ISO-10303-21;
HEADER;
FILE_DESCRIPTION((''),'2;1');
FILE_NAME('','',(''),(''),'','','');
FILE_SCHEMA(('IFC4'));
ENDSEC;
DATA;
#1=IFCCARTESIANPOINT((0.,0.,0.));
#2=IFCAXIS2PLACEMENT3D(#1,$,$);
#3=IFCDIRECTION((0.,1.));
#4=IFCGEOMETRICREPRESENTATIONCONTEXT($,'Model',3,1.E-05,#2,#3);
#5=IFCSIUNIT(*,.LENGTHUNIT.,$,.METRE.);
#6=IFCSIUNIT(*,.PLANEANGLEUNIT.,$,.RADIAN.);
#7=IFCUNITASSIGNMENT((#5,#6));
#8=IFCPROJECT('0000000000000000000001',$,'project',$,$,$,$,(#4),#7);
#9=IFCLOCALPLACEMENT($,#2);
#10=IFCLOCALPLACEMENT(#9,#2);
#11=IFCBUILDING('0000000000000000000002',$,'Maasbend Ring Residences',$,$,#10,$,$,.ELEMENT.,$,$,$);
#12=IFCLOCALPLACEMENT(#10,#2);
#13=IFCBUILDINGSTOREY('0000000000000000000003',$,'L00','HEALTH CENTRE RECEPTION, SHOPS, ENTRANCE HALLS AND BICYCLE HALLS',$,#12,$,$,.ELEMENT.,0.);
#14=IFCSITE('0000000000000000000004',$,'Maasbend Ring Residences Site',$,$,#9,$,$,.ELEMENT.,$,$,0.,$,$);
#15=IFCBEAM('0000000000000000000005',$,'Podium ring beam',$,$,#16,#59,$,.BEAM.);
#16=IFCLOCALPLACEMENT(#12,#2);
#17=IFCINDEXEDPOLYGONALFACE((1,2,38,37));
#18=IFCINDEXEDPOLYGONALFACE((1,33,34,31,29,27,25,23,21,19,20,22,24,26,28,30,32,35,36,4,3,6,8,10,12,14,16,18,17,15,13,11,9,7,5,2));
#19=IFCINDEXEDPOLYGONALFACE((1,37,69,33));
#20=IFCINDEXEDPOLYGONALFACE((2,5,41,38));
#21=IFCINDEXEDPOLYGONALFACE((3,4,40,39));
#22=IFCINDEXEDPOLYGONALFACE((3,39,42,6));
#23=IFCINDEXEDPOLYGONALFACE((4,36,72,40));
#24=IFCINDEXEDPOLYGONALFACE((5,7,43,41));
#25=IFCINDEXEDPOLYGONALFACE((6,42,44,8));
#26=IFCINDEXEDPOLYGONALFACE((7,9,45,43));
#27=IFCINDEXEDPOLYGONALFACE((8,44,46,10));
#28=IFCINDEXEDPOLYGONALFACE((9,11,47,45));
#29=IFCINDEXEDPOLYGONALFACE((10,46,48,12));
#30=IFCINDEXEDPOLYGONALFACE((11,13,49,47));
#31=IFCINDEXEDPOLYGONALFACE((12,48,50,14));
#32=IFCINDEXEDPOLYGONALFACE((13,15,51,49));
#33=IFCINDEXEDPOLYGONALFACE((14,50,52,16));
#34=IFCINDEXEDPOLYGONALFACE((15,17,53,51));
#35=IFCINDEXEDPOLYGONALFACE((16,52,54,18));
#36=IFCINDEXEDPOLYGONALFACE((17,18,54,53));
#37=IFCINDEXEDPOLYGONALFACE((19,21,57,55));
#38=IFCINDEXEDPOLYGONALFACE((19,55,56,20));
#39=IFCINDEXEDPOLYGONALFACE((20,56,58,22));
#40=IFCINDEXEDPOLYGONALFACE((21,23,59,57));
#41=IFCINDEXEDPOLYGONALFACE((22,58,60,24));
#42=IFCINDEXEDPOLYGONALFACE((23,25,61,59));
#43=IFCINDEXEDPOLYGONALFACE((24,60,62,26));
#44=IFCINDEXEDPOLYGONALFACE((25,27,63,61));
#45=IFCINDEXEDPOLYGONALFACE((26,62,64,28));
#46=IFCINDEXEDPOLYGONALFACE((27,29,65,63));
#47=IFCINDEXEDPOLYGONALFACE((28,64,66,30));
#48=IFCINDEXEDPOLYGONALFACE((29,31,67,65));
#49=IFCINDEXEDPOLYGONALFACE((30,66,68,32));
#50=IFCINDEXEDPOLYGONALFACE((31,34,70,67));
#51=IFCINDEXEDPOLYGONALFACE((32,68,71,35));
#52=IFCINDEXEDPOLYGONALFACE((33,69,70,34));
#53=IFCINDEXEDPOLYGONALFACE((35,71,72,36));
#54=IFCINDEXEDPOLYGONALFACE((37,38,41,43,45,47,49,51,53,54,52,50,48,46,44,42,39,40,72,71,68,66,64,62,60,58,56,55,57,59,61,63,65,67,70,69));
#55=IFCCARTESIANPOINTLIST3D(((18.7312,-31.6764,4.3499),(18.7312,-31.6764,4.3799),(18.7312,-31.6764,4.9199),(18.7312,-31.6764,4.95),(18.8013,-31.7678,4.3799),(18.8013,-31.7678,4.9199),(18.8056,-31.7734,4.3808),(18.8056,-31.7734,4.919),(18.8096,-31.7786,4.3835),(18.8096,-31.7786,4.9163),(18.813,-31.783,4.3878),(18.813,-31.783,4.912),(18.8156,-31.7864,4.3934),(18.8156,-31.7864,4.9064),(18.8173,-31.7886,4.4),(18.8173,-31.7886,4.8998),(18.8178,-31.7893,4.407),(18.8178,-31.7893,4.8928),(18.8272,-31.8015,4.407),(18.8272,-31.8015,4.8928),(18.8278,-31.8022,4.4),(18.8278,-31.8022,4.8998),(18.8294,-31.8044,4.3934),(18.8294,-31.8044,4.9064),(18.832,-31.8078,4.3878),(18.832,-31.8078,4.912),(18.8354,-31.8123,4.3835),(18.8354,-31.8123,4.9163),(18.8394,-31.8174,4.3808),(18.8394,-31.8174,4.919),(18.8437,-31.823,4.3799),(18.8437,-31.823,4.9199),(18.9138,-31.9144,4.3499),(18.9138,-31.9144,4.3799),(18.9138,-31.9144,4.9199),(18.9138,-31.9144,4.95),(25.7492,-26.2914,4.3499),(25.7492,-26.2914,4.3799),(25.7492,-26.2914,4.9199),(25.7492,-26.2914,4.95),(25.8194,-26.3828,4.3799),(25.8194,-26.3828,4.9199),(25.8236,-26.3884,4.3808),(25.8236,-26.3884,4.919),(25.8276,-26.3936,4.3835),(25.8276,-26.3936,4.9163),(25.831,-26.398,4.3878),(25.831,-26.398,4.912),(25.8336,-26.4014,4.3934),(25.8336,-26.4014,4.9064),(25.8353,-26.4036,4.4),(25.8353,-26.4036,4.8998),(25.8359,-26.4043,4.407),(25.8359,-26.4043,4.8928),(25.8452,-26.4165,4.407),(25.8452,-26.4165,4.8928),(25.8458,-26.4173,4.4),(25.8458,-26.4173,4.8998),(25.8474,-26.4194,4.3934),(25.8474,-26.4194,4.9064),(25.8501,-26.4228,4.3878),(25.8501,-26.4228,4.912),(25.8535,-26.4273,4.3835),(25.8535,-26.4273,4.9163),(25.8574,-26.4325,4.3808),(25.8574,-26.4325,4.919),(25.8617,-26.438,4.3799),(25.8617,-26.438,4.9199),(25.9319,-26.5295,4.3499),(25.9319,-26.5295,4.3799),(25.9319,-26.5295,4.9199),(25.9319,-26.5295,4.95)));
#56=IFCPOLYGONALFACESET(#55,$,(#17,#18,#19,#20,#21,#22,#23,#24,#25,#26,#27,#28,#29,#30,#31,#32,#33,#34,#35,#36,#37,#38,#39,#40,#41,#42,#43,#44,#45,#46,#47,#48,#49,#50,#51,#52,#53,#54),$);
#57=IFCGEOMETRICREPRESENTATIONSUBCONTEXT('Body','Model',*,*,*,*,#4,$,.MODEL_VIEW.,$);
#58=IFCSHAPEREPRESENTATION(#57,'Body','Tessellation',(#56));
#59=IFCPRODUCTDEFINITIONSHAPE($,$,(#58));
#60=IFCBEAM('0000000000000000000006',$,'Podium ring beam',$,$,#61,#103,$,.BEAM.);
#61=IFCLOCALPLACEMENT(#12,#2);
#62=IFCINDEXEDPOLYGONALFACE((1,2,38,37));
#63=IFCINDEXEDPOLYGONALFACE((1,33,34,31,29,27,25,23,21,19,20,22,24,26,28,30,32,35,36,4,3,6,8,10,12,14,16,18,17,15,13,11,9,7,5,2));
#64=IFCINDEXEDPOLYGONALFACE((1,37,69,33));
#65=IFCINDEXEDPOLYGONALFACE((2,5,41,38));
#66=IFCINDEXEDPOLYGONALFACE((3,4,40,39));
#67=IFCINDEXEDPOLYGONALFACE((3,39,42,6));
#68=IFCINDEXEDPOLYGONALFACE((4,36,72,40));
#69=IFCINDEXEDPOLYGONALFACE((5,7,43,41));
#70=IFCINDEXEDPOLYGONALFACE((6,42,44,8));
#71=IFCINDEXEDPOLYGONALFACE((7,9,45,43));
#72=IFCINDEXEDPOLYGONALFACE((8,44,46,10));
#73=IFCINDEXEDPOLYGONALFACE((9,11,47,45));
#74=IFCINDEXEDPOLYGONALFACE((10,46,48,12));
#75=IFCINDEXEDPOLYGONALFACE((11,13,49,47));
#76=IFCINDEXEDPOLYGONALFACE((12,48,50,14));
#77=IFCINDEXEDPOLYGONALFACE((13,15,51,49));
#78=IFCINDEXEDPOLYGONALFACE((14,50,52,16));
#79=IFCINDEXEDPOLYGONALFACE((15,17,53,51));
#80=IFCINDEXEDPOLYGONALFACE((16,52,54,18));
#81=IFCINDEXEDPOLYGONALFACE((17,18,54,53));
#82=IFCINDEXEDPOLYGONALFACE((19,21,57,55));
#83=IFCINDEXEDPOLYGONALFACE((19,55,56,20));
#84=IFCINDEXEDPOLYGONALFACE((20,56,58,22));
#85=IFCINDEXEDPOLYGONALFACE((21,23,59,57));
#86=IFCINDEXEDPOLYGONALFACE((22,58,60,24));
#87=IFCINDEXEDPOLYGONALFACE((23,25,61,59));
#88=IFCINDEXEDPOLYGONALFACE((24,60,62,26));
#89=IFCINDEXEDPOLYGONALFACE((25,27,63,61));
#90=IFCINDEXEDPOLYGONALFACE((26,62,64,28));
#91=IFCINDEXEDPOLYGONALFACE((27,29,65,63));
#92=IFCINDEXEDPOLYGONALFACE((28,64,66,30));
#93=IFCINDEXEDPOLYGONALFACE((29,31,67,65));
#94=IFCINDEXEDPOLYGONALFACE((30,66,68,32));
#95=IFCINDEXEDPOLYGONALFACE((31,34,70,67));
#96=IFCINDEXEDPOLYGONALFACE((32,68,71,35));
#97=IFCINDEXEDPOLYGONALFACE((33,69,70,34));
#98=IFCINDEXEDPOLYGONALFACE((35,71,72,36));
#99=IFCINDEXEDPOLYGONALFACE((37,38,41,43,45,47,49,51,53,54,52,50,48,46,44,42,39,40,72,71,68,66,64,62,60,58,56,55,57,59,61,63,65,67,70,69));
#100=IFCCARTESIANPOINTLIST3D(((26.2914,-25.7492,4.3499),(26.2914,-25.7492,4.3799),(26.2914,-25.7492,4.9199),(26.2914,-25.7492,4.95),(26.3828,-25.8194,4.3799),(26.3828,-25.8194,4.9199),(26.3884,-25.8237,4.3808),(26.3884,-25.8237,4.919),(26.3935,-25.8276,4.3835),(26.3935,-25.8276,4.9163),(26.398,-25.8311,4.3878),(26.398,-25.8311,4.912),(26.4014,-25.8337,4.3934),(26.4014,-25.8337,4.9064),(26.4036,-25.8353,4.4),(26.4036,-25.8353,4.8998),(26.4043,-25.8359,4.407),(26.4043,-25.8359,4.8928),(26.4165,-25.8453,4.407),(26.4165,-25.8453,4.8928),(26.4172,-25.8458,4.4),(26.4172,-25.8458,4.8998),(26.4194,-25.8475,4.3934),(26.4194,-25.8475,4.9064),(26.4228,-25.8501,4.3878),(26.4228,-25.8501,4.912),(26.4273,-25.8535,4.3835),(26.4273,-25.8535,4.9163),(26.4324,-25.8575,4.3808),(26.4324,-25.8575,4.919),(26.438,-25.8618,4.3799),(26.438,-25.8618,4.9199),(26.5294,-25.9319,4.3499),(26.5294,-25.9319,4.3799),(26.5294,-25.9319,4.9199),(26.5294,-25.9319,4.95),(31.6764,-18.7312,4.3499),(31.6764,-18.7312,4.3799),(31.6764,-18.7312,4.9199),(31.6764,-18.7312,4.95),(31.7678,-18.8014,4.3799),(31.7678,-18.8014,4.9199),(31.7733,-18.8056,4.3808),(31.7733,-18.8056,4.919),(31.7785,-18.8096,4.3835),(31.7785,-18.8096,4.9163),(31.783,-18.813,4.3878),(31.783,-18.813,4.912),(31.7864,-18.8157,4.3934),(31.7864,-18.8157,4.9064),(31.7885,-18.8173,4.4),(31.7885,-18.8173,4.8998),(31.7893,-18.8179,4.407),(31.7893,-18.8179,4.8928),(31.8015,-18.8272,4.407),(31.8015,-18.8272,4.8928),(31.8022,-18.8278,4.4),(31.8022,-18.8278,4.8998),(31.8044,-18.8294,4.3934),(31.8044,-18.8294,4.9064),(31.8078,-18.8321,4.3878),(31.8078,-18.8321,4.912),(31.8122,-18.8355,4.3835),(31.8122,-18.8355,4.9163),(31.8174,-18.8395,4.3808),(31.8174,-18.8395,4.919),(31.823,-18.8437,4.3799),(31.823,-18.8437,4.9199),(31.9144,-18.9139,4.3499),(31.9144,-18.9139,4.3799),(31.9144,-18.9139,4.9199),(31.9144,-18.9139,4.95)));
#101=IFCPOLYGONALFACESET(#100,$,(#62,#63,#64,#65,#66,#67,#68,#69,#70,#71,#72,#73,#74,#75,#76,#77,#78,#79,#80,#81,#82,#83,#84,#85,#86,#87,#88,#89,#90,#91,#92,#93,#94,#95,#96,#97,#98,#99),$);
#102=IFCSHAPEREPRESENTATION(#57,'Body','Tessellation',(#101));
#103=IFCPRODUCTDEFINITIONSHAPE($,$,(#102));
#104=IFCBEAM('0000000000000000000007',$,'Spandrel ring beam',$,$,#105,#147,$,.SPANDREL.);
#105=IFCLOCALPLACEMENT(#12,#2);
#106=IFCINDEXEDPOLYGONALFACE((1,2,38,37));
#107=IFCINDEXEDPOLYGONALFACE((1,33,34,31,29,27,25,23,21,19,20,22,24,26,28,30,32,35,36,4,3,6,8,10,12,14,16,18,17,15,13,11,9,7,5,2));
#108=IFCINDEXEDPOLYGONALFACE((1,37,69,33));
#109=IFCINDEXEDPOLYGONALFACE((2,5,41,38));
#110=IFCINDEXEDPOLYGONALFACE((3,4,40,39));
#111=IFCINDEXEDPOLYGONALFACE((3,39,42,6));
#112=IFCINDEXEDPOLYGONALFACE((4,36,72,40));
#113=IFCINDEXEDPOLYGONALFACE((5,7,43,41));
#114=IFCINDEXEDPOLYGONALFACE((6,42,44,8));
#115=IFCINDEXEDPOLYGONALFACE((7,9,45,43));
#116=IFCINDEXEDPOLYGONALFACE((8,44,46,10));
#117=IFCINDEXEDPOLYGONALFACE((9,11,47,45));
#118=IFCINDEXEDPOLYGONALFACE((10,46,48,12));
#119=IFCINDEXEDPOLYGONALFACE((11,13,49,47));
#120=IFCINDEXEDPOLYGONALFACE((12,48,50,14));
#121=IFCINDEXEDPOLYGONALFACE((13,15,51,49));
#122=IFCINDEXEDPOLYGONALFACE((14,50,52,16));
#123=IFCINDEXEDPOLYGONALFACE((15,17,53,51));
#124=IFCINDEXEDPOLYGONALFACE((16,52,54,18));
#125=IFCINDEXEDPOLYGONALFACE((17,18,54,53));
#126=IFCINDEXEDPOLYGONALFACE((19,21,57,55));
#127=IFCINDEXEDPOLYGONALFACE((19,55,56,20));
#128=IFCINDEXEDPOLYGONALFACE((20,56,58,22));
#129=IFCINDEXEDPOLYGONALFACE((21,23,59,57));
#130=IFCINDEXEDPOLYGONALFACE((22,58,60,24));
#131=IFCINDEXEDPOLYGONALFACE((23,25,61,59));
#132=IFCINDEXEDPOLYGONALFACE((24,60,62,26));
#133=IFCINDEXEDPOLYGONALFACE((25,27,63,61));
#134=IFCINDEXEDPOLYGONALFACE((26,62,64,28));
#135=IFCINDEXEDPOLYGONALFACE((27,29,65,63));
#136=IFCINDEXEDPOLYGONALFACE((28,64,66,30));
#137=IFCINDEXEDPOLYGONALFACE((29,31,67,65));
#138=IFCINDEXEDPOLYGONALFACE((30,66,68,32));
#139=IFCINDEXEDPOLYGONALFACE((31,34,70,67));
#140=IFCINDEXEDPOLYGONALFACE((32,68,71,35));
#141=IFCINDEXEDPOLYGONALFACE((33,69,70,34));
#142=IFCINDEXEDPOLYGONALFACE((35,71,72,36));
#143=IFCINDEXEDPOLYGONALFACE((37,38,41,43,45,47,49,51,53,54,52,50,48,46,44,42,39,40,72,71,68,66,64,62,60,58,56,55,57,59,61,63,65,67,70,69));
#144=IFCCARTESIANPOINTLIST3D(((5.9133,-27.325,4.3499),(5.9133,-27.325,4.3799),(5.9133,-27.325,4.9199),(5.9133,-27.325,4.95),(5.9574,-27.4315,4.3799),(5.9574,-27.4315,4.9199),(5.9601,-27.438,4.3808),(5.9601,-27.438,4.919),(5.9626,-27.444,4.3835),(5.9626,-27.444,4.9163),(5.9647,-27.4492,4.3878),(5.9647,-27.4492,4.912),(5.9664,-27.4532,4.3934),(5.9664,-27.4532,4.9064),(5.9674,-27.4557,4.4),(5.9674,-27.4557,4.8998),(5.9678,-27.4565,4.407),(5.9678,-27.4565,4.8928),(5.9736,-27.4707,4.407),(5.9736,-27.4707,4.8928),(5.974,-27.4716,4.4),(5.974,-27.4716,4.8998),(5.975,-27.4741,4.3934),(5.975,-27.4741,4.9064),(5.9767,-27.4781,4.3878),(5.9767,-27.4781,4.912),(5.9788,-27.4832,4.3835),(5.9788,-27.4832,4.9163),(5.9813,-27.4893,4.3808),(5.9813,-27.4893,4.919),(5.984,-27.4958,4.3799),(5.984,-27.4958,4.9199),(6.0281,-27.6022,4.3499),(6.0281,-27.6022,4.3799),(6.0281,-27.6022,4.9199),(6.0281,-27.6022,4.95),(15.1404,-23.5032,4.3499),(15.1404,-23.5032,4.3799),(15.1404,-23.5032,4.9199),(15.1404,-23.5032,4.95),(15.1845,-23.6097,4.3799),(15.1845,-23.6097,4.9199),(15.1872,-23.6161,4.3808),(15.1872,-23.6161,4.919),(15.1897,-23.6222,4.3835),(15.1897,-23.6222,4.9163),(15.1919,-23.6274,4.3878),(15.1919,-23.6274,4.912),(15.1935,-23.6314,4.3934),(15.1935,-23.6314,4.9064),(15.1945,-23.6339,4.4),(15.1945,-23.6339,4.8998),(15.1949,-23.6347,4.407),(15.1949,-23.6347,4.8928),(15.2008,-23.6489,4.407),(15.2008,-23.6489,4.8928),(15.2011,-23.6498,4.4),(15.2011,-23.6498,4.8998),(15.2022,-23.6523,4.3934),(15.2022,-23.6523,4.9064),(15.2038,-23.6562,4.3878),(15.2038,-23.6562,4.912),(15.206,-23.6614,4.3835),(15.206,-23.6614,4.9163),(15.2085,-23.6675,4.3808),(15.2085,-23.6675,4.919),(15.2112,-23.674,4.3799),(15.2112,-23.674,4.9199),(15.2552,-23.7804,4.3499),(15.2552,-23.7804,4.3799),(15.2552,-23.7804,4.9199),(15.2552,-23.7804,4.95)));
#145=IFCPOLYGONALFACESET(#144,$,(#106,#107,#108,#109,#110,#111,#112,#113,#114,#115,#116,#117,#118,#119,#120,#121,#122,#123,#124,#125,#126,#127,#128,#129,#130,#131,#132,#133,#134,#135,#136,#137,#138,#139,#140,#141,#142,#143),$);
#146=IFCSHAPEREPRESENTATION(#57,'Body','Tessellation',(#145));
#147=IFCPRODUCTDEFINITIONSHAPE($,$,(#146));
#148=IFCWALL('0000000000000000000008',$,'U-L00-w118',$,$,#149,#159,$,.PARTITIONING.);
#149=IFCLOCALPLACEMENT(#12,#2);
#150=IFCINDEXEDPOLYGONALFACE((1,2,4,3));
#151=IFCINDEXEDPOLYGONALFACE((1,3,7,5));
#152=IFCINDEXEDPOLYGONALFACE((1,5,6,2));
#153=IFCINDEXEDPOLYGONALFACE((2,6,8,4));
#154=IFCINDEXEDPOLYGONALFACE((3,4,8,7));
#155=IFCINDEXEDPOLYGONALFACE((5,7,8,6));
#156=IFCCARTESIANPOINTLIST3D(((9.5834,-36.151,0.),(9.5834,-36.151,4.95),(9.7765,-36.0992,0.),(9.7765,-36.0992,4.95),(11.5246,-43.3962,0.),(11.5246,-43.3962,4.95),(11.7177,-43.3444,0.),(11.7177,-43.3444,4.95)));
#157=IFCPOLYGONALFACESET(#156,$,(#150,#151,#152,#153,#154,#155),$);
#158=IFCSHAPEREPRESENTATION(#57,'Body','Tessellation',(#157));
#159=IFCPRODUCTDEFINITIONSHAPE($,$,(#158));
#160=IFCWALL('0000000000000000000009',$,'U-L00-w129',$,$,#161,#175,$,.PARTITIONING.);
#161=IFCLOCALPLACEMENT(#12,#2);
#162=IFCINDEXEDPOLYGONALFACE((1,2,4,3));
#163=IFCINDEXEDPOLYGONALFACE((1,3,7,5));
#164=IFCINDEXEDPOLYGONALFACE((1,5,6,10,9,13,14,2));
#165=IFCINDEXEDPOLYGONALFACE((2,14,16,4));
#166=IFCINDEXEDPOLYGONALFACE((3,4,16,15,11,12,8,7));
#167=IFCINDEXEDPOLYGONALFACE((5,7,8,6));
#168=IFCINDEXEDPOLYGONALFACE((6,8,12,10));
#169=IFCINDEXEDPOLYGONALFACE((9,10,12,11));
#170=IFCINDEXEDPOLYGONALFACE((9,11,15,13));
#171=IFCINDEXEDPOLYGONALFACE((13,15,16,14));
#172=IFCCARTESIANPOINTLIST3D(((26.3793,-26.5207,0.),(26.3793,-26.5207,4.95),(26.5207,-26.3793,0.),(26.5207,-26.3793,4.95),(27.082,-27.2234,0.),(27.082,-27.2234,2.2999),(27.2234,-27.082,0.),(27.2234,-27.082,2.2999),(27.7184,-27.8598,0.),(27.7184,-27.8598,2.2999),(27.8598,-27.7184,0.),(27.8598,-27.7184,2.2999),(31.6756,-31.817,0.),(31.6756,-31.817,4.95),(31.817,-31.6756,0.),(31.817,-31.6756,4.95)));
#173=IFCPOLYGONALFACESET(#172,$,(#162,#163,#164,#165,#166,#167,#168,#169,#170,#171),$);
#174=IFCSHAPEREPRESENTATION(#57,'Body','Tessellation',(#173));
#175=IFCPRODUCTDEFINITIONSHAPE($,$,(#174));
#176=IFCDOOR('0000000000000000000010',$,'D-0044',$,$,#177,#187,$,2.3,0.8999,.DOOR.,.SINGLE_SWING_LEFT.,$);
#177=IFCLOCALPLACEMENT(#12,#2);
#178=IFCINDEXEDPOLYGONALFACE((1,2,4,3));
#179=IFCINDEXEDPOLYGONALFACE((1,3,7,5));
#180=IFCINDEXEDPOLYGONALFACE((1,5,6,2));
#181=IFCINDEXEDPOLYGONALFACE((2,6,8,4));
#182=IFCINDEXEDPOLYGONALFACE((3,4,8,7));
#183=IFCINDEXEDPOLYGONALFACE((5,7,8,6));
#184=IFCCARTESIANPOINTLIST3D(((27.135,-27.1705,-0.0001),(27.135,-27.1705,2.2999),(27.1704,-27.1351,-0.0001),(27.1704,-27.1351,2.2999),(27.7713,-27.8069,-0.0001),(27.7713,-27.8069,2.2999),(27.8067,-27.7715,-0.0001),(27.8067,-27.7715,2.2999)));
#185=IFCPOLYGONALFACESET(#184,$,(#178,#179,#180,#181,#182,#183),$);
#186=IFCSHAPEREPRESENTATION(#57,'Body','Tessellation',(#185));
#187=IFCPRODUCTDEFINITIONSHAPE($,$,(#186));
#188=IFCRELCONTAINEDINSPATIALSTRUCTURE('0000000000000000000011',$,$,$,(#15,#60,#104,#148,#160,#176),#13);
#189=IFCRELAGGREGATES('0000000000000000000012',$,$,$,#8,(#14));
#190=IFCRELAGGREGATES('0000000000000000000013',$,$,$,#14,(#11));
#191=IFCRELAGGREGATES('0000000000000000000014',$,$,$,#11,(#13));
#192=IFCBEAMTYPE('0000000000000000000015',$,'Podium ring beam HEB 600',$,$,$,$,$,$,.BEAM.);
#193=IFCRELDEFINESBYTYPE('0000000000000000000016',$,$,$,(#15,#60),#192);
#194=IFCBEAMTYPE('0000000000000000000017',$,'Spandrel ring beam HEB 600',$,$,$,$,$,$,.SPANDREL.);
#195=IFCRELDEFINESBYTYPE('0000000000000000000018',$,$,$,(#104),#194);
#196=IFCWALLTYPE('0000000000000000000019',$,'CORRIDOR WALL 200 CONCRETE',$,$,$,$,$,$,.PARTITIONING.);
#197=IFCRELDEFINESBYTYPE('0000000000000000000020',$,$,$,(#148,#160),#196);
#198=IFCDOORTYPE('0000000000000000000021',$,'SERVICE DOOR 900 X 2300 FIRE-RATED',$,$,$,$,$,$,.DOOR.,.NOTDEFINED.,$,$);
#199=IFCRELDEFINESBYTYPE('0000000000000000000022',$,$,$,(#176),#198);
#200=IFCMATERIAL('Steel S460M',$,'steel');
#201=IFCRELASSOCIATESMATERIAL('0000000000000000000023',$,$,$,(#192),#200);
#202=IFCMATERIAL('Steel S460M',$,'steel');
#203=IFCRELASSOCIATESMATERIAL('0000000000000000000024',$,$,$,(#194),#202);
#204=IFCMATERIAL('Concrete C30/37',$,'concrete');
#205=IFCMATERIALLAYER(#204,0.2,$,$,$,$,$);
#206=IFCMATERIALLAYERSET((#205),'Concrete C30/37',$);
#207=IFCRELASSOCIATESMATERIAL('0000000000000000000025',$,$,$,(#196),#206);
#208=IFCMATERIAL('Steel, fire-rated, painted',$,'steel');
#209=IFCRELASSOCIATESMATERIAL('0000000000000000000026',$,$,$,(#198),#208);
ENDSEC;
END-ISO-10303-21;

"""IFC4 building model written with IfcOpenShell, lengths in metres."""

from ifc_helpers import new_model, si_unit, direction, frame, frame_2d, origin, origin_2d, place, context, subcontext, project, spatial, rectangle, i_section, extrude, material, layer, layer_set, material_profile, profile_set, type_object, element, fill, save


model = new_model("IFC4")

# Units and contexts
model_context = context("Model", 3, precision=1e-05, world=origin(), true_north=direction((0.0, 1.0)))
body_context = subcontext(model_context, "Body", "Model", "MODEL_VIEW")
ifc_project = project(units=[si_unit("LENGTHUNIT", "METRE"), si_unit("PLANEANGLEUNIT", "RADIAN")], contexts=[model_context])

# Site, building, storey
site_placement = place(None, origin())
site = spatial("IfcSite", under=ifc_project, at=site_placement, Name="Maasbend Ring Residences Site", CompositionType="ELEMENT", RefElevation=0.0)
building_placement = place(site_placement, origin())
building = spatial("IfcBuilding", under=site, at=building_placement, Name="Maasbend Ring Residences", CompositionType="ELEMENT")
storey_placement = place(building_placement, origin())
storey = spatial("IfcBuildingStorey", under=building, at=storey_placement, Name="L00", Description="HEALTH CENTRE RECEPTION, SHOPS, ENTRANCE HALLS AND BICYCLE HALLS", CompositionType="ELEMENT", Elevation=0.0)

# Beams
ifc_material_1 = material(Name="Steel S460M", Category="steel")
ifc_material_profile_1 = material_profile(ifc_material_1, i_section(OverallWidth=0.3, OverallDepth=0.6001, WebThickness=0.0154, FlangeThickness=0.03, FilletRadius=0.0271, at=origin_2d()), Name="HEB 600")
ifc_profile_set_1 = profile_set([ifc_material_profile_1], Name="Steel S460M")
beam_type_1 = type_object("IfcBeamType", Name="Podium ring beam HEB 600", PredefinedType="BEAM", material=ifc_profile_set_1)
for number, where, z_axis, x_axis, name in (
    (1, (18.8225, -31.7954, 4.6499), (0.793361, 0.608751, 0.0), (-0.608751, 0.793361, 0.0), "Podium ring beam"),
    (2, (26.4104, -25.8406, 4.6499), (0.608751, 0.793361, 0.0), (-0.793361, 0.608751, 0.0), "Podium ring beam"),
):
    element("IfcBeam", number, at=place(storey_placement, frame(where, z_axis=z_axis, x_axis=x_axis)), inside=storey, type_object=beam_type_1, Name=name, PredefinedType="BEAM", context=body_context, shape_type="SweptSolid", body=[
        extrude(i_section(OverallWidth=0.3, OverallDepth=0.6001, WebThickness=0.0154, FlangeThickness=0.03, FilletRadius=0.0271, at=origin_2d()), origin(), (0.0, 0.0, 1.0), 8.8459),
    ])
ifc_material_2 = material(Name="Steel S460M", Category="steel")
ifc_material_profile_2 = material_profile(ifc_material_2, i_section(OverallWidth=0.3, OverallDepth=0.6001, WebThickness=0.0154, FlangeThickness=0.03, FilletRadius=0.0271, at=origin_2d()), Name="HEB 600")
ifc_profile_set_2 = profile_set([ifc_material_profile_2], Name="Steel S460M")
beam_type_2 = type_object("IfcBeamType", Name="Spandrel ring beam HEB 600", PredefinedType="SPANDREL", material=ifc_profile_set_2)
beam_1_placement = place(storey_placement, frame((5.9707, -27.4636, 4.6499), z_axis=(0.923886, 0.382667, 0.0), x_axis=(-0.382667, 0.923886, 0.0)))
element("IfcBeam", 3, at=beam_1_placement, inside=storey, type_object=beam_type_2, Name="Spandrel ring beam", PredefinedType="SPANDREL", context=body_context, shape_type="SweptSolid", body=[
    extrude(i_section(OverallWidth=0.3, OverallDepth=0.6001, WebThickness=0.0154, FlangeThickness=0.03, FilletRadius=0.0271, at=origin_2d()), origin(), (0.0, 0.0, 1.0), 9.9873),
])

# Wall
ifc_material_3 = material(Name="Concrete C30/37", Category="concrete")
ifc_layer_1 = layer(ifc_material_3, 0.2)
ifc_layer_set_1 = layer_set([ifc_layer_1], Name="Concrete C30/37")
wall_type_1 = type_object("IfcWallType", Name="CORRIDOR WALL 200 CONCRETE", PredefinedType="PARTITIONING", material=ifc_layer_set_1)
wall_1_placement = place(storey_placement, frame((9.6799, -36.125, 0.0), z_axis=(0.0, 0.0, 1.0), x_axis=(0.258799, -0.965931, 0.0)))
element("IfcWall", 4, at=wall_1_placement, inside=storey, type_object=wall_type_1, Name="U-L00-w118", PredefinedType="PARTITIONING", context=body_context, shape_type="SweptSolid", body=[
    extrude(rectangle(XDim=7.5007, YDim=0.2, at=frame_2d((3.7505, 0.0))), origin(), (0.0, 0.0, 1.0), 4.95),
])

# Wall, opening, door
wall_2_placement = place(storey_placement, frame((26.45, -26.45, 0.0), z_axis=(0.0, 0.0, 1.0), x_axis=(0.707107, -0.707107, 0.0)))
wall_2 = element("IfcWall", 5, at=wall_2_placement, inside=storey, type_object=wall_type_1, Name="U-L00-w129", PredefinedType="PARTITIONING", context=body_context, shape_type="SweptSolid", body=[
    extrude(rectangle(XDim=7.49, YDim=0.2, at=frame_2d((3.7451, 0.0))), origin(), (0.0, 0.0, 1.0), 4.95),
])
opening_1_placement = place(wall_2_placement, frame((0.9939, 0.0, 0.0)))
opening_1 = element("IfcOpeningElement", 6, at=opening_1_placement, cuts=wall_2, PredefinedType="OPENING", context=body_context, shape_type="SweptSolid", body=[
    extrude(rectangle(XDim=0.8999, YDim=2.3, at=frame_2d((0.45, 1.1499))), frame((0.0, 0.1099, 0.0), z_axis=(0.0, -1.0, 0.0), x_axis=(1.0, 0.0, 0.0)), (0.0, 0.0, 1.0), 0.22),
])
ifc_material_4 = material(Name="Steel, fire-rated, painted", Category="steel")
door_type = type_object("IfcDoorType", Name="SERVICE DOOR 900 X 2300 FIRE-RATED", OperationType="NOTDEFINED", PredefinedType="DOOR", material=ifc_material_4)
door_placement = place(opening_1_placement, origin())
door = element("IfcDoor", 7, at=door_placement, inside=storey, type_object=door_type, Name="D-0044", OperationType="SINGLE_SWING_LEFT", OverallHeight=2.3, OverallWidth=0.8999, PredefinedType="DOOR", context=body_context, shape_type="SweptSolid", body=[
    extrude(rectangle(XDim=0.8999, YDim=2.3, at=frame_2d((0.45, 1.1499))), frame((0.0, 0.0249, 0.0), z_axis=(0.0, -1.0, 0.0), x_axis=(1.0, 0.0, 0.0)), (0.0, 0.0, 1.0), 0.05),
])
fill(opening_1, door)

save(model, "model.ifc")
